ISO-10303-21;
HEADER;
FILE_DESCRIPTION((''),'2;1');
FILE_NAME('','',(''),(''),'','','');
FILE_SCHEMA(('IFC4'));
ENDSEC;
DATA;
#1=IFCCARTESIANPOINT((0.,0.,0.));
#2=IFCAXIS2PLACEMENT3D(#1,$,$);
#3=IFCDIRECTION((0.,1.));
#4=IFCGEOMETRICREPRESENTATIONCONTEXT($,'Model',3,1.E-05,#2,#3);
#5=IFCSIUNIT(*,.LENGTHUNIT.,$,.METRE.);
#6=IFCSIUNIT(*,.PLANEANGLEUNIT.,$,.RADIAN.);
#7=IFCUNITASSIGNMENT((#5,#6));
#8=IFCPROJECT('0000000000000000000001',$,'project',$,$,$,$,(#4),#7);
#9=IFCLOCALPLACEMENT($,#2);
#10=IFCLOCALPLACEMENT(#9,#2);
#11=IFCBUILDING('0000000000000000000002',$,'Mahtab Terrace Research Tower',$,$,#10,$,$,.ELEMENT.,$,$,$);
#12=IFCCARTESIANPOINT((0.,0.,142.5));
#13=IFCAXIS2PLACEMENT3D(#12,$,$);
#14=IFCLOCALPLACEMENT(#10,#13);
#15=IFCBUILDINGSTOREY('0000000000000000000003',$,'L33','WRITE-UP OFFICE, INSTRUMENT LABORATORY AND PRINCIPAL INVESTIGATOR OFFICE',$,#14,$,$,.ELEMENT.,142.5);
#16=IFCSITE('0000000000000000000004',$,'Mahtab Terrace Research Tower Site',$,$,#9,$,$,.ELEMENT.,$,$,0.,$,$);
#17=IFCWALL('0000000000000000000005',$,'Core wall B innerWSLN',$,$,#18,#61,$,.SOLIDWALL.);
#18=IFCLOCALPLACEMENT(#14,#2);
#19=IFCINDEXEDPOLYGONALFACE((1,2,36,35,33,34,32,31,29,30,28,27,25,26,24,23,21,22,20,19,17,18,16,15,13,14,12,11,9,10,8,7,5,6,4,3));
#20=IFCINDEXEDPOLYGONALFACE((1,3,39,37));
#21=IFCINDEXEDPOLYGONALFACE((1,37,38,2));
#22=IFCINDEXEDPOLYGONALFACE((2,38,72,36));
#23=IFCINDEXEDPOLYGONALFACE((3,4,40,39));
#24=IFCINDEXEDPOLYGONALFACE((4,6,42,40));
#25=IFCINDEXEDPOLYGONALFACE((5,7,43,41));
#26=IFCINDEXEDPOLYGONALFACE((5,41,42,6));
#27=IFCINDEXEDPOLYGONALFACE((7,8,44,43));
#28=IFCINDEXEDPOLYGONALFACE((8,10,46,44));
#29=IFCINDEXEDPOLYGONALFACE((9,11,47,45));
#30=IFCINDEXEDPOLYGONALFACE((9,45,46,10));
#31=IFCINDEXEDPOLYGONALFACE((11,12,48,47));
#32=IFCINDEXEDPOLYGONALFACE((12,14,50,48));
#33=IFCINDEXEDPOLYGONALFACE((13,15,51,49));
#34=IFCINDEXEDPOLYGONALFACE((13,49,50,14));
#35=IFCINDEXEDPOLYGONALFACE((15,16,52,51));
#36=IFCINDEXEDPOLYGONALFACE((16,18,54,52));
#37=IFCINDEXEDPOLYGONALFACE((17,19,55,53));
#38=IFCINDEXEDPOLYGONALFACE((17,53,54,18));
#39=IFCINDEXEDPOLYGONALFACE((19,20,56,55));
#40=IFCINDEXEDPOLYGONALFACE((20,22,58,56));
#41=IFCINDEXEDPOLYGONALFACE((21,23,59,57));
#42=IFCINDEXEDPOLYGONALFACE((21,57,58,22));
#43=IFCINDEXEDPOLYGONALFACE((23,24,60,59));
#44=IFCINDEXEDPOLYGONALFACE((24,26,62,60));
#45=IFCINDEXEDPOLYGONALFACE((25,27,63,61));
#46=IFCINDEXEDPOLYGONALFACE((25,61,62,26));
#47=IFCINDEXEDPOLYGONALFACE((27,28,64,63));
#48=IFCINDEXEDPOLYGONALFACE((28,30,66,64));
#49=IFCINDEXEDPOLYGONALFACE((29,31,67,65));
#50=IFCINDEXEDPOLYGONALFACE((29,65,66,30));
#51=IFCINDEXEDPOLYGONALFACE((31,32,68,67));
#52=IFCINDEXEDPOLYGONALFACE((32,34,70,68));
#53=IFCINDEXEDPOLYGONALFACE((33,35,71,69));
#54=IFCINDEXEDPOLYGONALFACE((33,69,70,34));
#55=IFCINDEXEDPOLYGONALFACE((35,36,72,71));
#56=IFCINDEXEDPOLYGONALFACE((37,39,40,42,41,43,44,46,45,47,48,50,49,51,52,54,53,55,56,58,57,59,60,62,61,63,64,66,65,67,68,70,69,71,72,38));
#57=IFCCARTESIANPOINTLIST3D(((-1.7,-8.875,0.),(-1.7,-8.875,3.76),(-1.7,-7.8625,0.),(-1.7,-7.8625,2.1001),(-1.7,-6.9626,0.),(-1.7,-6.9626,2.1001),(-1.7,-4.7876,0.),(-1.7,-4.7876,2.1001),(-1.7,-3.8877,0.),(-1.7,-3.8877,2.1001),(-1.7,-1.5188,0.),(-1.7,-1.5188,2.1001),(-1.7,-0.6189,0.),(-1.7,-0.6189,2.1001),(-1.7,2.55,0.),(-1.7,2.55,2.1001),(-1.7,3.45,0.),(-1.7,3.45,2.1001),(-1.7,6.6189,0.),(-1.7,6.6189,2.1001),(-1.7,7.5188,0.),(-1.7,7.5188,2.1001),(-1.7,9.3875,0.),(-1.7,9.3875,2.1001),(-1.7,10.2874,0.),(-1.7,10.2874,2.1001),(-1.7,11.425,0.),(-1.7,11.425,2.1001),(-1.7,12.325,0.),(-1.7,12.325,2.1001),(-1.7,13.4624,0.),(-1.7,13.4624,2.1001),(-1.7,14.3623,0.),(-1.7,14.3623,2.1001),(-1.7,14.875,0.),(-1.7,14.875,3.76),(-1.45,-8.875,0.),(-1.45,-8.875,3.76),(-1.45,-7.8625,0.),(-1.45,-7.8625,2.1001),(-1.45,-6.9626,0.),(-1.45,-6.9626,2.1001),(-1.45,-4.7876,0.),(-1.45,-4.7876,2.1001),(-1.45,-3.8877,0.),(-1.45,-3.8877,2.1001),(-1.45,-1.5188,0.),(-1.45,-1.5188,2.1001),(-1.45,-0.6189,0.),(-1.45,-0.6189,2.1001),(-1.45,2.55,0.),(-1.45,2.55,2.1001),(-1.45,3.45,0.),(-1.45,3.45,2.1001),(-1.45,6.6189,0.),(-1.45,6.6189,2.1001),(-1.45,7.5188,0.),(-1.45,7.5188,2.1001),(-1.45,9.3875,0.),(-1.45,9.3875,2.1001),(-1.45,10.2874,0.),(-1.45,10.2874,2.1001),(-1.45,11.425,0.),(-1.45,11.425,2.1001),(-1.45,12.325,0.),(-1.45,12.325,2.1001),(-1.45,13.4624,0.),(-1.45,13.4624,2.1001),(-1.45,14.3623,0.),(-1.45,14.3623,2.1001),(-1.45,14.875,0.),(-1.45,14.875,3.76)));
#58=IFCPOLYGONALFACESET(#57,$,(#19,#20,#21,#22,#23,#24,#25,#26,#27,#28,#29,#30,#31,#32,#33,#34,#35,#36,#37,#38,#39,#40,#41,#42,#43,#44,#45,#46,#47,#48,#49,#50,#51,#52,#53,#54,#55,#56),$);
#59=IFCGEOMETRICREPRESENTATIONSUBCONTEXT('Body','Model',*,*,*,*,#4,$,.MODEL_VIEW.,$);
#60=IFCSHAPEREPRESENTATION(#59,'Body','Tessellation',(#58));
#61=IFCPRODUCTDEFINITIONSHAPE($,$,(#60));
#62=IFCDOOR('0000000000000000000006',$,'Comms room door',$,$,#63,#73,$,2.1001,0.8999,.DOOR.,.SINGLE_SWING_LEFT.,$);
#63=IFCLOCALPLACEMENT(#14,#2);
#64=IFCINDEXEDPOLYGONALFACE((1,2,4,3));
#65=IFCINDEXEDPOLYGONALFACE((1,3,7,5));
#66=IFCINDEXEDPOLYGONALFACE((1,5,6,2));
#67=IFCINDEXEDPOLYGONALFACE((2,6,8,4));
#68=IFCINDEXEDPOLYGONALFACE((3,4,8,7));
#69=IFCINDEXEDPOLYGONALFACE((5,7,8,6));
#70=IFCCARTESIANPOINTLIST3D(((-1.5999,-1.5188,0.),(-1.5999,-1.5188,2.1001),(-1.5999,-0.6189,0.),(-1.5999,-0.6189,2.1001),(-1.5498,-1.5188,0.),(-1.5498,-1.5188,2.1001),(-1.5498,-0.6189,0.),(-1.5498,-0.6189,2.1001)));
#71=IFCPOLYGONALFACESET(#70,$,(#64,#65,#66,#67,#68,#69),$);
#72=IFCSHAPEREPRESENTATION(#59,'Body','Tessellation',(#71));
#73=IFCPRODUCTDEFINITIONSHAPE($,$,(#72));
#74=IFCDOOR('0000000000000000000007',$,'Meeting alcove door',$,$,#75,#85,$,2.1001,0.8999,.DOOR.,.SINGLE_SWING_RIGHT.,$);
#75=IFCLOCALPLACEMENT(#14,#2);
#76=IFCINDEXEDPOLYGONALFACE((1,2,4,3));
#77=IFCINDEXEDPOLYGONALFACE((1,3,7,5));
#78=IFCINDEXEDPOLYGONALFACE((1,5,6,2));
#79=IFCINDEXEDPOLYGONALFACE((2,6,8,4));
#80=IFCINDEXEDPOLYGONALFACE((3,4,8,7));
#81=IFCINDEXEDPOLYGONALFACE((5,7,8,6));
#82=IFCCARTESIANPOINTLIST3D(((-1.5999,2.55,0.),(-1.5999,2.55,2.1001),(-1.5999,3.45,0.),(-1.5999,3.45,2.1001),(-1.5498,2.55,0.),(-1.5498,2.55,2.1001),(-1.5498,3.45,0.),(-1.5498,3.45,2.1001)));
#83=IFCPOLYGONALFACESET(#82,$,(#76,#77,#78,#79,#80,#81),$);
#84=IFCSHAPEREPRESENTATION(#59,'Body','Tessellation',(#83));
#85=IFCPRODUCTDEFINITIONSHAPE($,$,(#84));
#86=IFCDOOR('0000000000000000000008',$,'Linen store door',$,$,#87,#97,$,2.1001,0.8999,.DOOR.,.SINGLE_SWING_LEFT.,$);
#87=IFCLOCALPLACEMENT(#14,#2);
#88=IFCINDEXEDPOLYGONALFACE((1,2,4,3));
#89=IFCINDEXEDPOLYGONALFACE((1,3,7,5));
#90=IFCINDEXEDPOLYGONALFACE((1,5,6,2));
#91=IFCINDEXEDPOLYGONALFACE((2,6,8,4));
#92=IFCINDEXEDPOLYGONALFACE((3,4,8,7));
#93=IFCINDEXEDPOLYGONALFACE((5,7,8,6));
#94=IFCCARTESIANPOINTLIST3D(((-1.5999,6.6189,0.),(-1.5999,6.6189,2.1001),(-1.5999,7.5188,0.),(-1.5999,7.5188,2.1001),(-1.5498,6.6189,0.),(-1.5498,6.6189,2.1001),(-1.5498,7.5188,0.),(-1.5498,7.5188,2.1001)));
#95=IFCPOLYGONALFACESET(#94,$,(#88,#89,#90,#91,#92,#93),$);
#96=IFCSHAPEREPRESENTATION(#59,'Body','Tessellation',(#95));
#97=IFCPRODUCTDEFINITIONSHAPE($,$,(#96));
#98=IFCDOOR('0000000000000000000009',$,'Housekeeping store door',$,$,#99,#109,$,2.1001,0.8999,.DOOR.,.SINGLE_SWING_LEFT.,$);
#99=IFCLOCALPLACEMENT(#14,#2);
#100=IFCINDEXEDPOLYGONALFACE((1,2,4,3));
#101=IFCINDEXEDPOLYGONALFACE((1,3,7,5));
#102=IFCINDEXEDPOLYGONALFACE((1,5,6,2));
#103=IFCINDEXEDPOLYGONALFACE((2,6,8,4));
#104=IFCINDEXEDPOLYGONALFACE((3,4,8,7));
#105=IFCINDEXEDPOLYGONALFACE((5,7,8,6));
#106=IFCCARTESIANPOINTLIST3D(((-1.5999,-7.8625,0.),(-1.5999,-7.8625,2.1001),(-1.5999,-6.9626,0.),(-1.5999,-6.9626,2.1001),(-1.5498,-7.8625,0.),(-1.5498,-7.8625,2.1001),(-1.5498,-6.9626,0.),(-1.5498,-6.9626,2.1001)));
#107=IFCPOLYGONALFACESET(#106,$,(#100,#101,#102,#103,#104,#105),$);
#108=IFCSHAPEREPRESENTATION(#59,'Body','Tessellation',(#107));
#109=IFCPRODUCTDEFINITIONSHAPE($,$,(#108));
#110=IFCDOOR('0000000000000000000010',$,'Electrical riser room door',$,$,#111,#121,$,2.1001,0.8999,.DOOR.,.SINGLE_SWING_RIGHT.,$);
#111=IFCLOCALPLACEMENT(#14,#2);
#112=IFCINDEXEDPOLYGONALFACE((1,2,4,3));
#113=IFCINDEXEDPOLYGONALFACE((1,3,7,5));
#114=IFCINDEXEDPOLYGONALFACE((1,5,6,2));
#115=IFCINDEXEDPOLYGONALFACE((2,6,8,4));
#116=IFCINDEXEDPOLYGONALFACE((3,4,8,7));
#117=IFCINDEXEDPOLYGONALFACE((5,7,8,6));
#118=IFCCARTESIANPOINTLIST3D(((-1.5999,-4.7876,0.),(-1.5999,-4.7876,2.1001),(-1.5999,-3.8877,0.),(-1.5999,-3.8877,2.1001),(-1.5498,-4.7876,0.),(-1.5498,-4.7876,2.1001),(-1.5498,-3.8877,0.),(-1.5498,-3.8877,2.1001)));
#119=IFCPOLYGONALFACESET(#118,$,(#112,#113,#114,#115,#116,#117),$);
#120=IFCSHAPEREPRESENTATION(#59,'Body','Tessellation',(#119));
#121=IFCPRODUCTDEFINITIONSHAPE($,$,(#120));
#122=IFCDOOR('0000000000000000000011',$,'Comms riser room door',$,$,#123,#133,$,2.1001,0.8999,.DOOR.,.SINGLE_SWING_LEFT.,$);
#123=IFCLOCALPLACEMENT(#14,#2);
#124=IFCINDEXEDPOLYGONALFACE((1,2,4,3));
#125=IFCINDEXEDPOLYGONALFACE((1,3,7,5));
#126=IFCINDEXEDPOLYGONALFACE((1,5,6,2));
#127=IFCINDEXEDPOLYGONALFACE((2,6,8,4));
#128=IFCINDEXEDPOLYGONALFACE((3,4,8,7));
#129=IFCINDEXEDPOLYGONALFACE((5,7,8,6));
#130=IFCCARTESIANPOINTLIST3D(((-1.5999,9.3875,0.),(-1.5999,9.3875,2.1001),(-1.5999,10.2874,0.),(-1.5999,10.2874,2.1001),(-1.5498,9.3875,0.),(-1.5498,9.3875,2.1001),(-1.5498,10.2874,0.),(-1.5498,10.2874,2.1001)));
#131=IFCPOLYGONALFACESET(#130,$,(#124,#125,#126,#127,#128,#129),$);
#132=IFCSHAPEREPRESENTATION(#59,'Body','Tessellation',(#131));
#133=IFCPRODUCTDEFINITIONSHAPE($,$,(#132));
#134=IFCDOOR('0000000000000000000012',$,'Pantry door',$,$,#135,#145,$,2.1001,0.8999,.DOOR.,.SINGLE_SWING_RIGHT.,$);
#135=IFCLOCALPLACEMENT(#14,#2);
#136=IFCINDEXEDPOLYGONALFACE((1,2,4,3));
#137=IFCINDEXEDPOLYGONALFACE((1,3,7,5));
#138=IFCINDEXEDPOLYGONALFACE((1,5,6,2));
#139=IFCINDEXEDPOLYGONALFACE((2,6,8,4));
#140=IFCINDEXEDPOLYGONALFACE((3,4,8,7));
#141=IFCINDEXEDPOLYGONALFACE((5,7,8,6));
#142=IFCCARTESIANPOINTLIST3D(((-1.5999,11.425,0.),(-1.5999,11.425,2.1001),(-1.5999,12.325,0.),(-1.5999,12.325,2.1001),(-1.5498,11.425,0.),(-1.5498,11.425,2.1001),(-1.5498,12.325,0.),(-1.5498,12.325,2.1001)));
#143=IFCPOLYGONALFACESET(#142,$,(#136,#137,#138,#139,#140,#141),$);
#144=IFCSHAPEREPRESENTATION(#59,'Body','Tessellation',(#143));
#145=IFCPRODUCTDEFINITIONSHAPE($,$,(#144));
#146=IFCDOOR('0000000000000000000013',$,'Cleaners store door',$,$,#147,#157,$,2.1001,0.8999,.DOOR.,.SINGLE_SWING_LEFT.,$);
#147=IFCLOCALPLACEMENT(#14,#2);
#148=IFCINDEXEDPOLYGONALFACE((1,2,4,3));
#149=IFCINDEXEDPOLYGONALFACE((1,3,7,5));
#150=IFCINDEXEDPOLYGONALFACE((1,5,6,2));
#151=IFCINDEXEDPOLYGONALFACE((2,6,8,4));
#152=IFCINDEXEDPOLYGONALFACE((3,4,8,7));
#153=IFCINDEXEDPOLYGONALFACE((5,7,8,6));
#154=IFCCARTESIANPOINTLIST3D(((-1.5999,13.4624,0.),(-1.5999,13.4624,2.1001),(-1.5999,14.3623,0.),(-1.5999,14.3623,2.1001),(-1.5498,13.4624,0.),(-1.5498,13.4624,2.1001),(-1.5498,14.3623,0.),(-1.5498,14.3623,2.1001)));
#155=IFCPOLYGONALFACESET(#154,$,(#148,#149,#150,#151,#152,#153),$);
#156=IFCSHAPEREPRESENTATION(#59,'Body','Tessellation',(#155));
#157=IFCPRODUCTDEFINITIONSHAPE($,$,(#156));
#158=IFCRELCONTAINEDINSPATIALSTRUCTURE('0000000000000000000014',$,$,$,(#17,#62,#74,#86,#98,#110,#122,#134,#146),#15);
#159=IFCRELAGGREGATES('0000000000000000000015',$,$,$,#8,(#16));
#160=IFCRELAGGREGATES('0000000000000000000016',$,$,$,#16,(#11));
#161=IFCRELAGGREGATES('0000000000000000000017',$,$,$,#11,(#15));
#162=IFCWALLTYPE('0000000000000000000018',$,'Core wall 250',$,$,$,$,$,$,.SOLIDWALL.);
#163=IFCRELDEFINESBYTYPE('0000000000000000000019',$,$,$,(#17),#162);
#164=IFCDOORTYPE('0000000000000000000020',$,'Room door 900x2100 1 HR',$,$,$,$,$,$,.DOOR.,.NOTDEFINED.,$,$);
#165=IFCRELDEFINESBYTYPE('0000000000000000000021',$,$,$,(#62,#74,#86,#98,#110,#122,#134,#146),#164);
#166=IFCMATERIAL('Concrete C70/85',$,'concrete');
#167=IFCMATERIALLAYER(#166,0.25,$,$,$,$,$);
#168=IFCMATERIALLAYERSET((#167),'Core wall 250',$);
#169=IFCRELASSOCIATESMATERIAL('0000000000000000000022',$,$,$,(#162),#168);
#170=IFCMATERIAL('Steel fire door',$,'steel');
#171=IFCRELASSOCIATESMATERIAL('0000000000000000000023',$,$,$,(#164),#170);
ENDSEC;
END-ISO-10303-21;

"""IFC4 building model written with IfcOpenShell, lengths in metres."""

from ifc_helpers import new_model, si_unit, direction, frame, frame_2d, origin, place, context, subcontext, project, spatial, rectangle, extrude, material, layer, layer_set, type_object, element, fill, save


model = new_model("IFC4")

# Units and contexts
model_context = context("Model", 3, precision=1e-05, world=origin(), true_north=direction((0.0, 1.0)))
body_context = subcontext(model_context, "Body", "Model", "MODEL_VIEW")
ifc_project = project(units=[si_unit("LENGTHUNIT", "METRE"), si_unit("PLANEANGLEUNIT", "RADIAN")], contexts=[model_context])

# Site, building, storey
site_placement = place(None, origin())
site = spatial("IfcSite", under=ifc_project, at=site_placement, Name="Mahtab Terrace Research Tower Site", CompositionType="ELEMENT", RefElevation=0.0)
building_placement = place(site_placement, origin())
building = spatial("IfcBuilding", under=site, at=building_placement, Name="Mahtab Terrace Research Tower", CompositionType="ELEMENT")
storey_placement = place(building_placement, frame((0.0, 0.0, 142.5)))
storey = spatial("IfcBuildingStorey", under=building, at=storey_placement, Name="L33", Description="WRITE-UP OFFICE, INSTRUMENT LABORATORY AND PRINCIPAL INVESTIGATOR OFFICE", CompositionType="ELEMENT", Elevation=142.5)

# Shared definitions
ifc_material_1 = material(Name="Concrete C70/85", Category="concrete")

# Wall, openings, doors
ifc_layer_1 = layer(ifc_material_1, 0.25)
ifc_layer_set_1 = layer_set([ifc_layer_1], Name="Core wall 250")
wall_type_1 = type_object("IfcWallType", Name="Core wall 250", PredefinedType="SOLIDWALL", material=ifc_layer_set_1)
wall_1_placement = place(storey_placement, frame((-1.575, -8.875, 0.0), z_axis=(0.0, 0.0, 1.0), x_axis=(0.0, 1.0, 0.0)))
wall_1 = element("IfcWall", 1, at=wall_1_placement, inside=storey, type_object=wall_type_1, Name="Core wall B innerWSLN", PredefinedType="SOLIDWALL", context=body_context, shape_type="SweptSolid", body=[
    extrude(rectangle(XDim=23.75, YDim=0.25, at=frame_2d((11.875, 0.0))), origin(), (0.0, 0.0, 1.0), 3.76),
])
opening_1_placement = place(wall_1_placement, frame((7.3562, 0.0, 0.0)))
opening_1 = element("IfcOpeningElement", 2, at=opening_1_placement, cuts=wall_1, PredefinedType="OPENING", context=body_context, shape_type="SweptSolid", body=[
    extrude(rectangle(XDim=0.8999, YDim=2.1001, at=frame_2d((0.45, 1.05))), frame((0.0, 0.135, 0.0), z_axis=(0.0, -1.0, 0.0), x_axis=(1.0, 0.0, 0.0)), (0.0, 0.0, 1.0), 0.27),
])
opening_2_placement = place(wall_1_placement, frame((11.425, 0.0, 0.0)))
opening_2 = element("IfcOpeningElement", 3, at=opening_2_placement, cuts=wall_1, PredefinedType="OPENING", context=body_context, shape_type="SweptSolid", body=[
    extrude(rectangle(XDim=0.8999, YDim=2.1001, at=frame_2d((0.45, 1.05))), frame((0.0, 0.135, 0.0), z_axis=(0.0, -1.0, 0.0), x_axis=(1.0, 0.0, 0.0)), (0.0, 0.0, 1.0), 0.27),
])
opening_3_placement = place(wall_1_placement, frame((15.4939, 0.0, 0.0)))
opening_3 = element("IfcOpeningElement", 4, at=opening_3_placement, cuts=wall_1, PredefinedType="OPENING", context=body_context, shape_type="SweptSolid", body=[
    extrude(rectangle(XDim=0.8999, YDim=2.1001, at=frame_2d((0.45, 1.05))), frame((0.0, 0.135, 0.0), z_axis=(0.0, -1.0, 0.0), x_axis=(1.0, 0.0, 0.0)), (0.0, 0.0, 1.0), 0.27),
])
opening_4_placement = place(wall_1_placement, frame((1.0125, 0.0, 0.0)))
opening_4 = element("IfcOpeningElement", 5, at=opening_4_placement, cuts=wall_1, PredefinedType="OPENING", context=body_context, shape_type="SweptSolid", body=[
    extrude(rectangle(XDim=0.8999, YDim=2.1001, at=frame_2d((0.45, 1.05))), frame((0.0, 0.135, 0.0), z_axis=(0.0, -1.0, 0.0), x_axis=(1.0, 0.0, 0.0)), (0.0, 0.0, 1.0), 0.27),
])
opening_5_placement = place(wall_1_placement, frame((4.0874, 0.0, 0.0)))
opening_5 = element("IfcOpeningElement", 6, at=opening_5_placement, cuts=wall_1, PredefinedType="OPENING", context=body_context, shape_type="SweptSolid", body=[
    extrude(rectangle(XDim=0.8999, YDim=2.1001, at=frame_2d((0.45, 1.05))), frame((0.0, 0.135, 0.0), z_axis=(0.0, -1.0, 0.0), x_axis=(1.0, 0.0, 0.0)), (0.0, 0.0, 1.0), 0.27),
])
opening_6_placement = place(wall_1_placement, frame((18.2625, 0.0, 0.0)))
opening_6 = element("IfcOpeningElement", 7, at=opening_6_placement, cuts=wall_1, PredefinedType="OPENING", context=body_context, shape_type="SweptSolid", body=[
    extrude(rectangle(XDim=0.8999, YDim=2.1001, at=frame_2d((0.45, 1.05))), frame((0.0, 0.135, 0.0), z_axis=(0.0, -1.0, 0.0), x_axis=(1.0, 0.0, 0.0)), (0.0, 0.0, 1.0), 0.27),
])
opening_7_placement = place(wall_1_placement, frame((20.3, 0.0, 0.0)))
opening_7 = element("IfcOpeningElement", 8, at=opening_7_placement, cuts=wall_1, PredefinedType="OPENING", context=body_context, shape_type="SweptSolid", body=[
    extrude(rectangle(XDim=0.8999, YDim=2.1001, at=frame_2d((0.45, 1.05))), frame((0.0, 0.135, 0.0), z_axis=(0.0, -1.0, 0.0), x_axis=(1.0, 0.0, 0.0)), (0.0, 0.0, 1.0), 0.27),
])
opening_8_placement = place(wall_1_placement, frame((22.3374, 0.0, 0.0)))
opening_8 = element("IfcOpeningElement", 9, at=opening_8_placement, cuts=wall_1, PredefinedType="OPENING", context=body_context, shape_type="SweptSolid", body=[
    extrude(rectangle(XDim=0.8999, YDim=2.1001, at=frame_2d((0.45, 1.05))), frame((0.0, 0.135, 0.0), z_axis=(0.0, -1.0, 0.0), x_axis=(1.0, 0.0, 0.0)), (0.0, 0.0, 1.0), 0.27),
])
ifc_material_2 = material(Name="Steel fire door", Category="steel")
door_type_1 = type_object("IfcDoorType", Name="Room door 900x2100 1 HR", OperationType="NOTDEFINED", PredefinedType="DOOR", material=ifc_material_2)
door_1_placement = place(opening_1_placement, origin())
door_1 = element("IfcDoor", 10, at=door_1_placement, inside=storey, type_object=door_type_1, Name="Comms room door", OperationType="SINGLE_SWING_LEFT", OverallHeight=2.1001, OverallWidth=0.8999, PredefinedType="DOOR", context=body_context, shape_type="SweptSolid", body=[
    extrude(rectangle(XDim=0.8999, YDim=2.1001, at=frame_2d((0.45, 1.05))), frame((0.0, 0.0249, 0.0), z_axis=(0.0, -1.0, 0.0), x_axis=(1.0, 0.0, 0.0)), (0.0, 0.0, 1.0), 0.05),
])
fill(opening_1, door_1)
door_2_placement = place(opening_2_placement, origin())
door_2 = element("IfcDoor", 11, at=door_2_placement, inside=storey, type_object=door_type_1, Name="Meeting alcove door", OperationType="SINGLE_SWING_RIGHT", OverallHeight=2.1001, OverallWidth=0.8999, PredefinedType="DOOR", context=body_context, shape_type="SweptSolid", body=[
    extrude(rectangle(XDim=0.8999, YDim=2.1001, at=frame_2d((0.45, 1.05))), frame((0.0, 0.0249, 0.0), z_axis=(0.0, -1.0, 0.0), x_axis=(1.0, 0.0, 0.0)), (0.0, 0.0, 1.0), 0.05),
])
fill(opening_2, door_2)
door_3_placement = place(opening_3_placement, origin())
door_3 = element("IfcDoor", 12, at=door_3_placement, inside=storey, type_object=door_type_1, Name="Linen store door", OperationType="SINGLE_SWING_LEFT", OverallHeight=2.1001, OverallWidth=0.8999, PredefinedType="DOOR", context=body_context, shape_type="SweptSolid", body=[
    extrude(rectangle(XDim=0.8999, YDim=2.1001, at=frame_2d((0.45, 1.05))), frame((0.0, 0.0249, 0.0), z_axis=(0.0, -1.0, 0.0), x_axis=(1.0, 0.0, 0.0)), (0.0, 0.0, 1.0), 0.05),
])
fill(opening_3, door_3)
door_4_placement = place(opening_4_placement, origin())
door_4 = element("IfcDoor", 13, at=door_4_placement, inside=storey, type_object=door_type_1, Name="Housekeeping store door", OperationType="SINGLE_SWING_LEFT", OverallHeight=2.1001, OverallWidth=0.8999, PredefinedType="DOOR", context=body_context, shape_type="SweptSolid", body=[
    extrude(rectangle(XDim=0.8999, YDim=2.1001, at=frame_2d((0.45, 1.05))), frame((0.0, 0.0249, 0.0), z_axis=(0.0, -1.0, 0.0), x_axis=(1.0, 0.0, 0.0)), (0.0, 0.0, 1.0), 0.05),
])
fill(opening_4, door_4)
door_5_placement = place(opening_5_placement, origin())
door_5 = element("IfcDoor", 14, at=door_5_placement, inside=storey, type_object=door_type_1, Name="Electrical riser room door", OperationType="SINGLE_SWING_RIGHT", OverallHeight=2.1001, OverallWidth=0.8999, PredefinedType="DOOR", context=body_context, shape_type="SweptSolid", body=[
    extrude(rectangle(XDim=0.8999, YDim=2.1001, at=frame_2d((0.45, 1.05))), frame((0.0, 0.0249, 0.0), z_axis=(0.0, -1.0, 0.0), x_axis=(1.0, 0.0, 0.0)), (0.0, 0.0, 1.0), 0.05),
])
fill(opening_5, door_5)
door_6_placement = place(opening_6_placement, origin())
door_6 = element("IfcDoor", 15, at=door_6_placement, inside=storey, type_object=door_type_1, Name="Comms riser room door", OperationType="SINGLE_SWING_LEFT", OverallHeight=2.1001, OverallWidth=0.8999, PredefinedType="DOOR", context=body_context, shape_type="SweptSolid", body=[
    extrude(rectangle(XDim=0.8999, YDim=2.1001, at=frame_2d((0.45, 1.05))), frame((0.0, 0.0249, 0.0), z_axis=(0.0, -1.0, 0.0), x_axis=(1.0, 0.0, 0.0)), (0.0, 0.0, 1.0), 0.05),
])
fill(opening_6, door_6)
door_7_placement = place(opening_7_placement, origin())
door_7 = element("IfcDoor", 16, at=door_7_placement, inside=storey, type_object=door_type_1, Name="Pantry door", OperationType="SINGLE_SWING_RIGHT", OverallHeight=2.1001, OverallWidth=0.8999, PredefinedType="DOOR", context=body_context, shape_type="SweptSolid", body=[
    extrude(rectangle(XDim=0.8999, YDim=2.1001, at=frame_2d((0.45, 1.05))), frame((0.0, 0.0249, 0.0), z_axis=(0.0, -1.0, 0.0), x_axis=(1.0, 0.0, 0.0)), (0.0, 0.0, 1.0), 0.05),
])
fill(opening_7, door_7)
door_8_placement = place(opening_8_placement, origin())
door_8 = element("IfcDoor", 17, at=door_8_placement, inside=storey, type_object=door_type_1, Name="Cleaners store door", OperationType="SINGLE_SWING_LEFT", OverallHeight=2.1001, OverallWidth=0.8999, PredefinedType="DOOR", context=body_context, shape_type="SweptSolid", body=[
    extrude(rectangle(XDim=0.8999, YDim=2.1001, at=frame_2d((0.45, 1.05))), frame((0.0, 0.0249, 0.0), z_axis=(0.0, -1.0, 0.0), x_axis=(1.0, 0.0, 0.0)), (0.0, 0.0, 1.0), 0.05),
])
fill(opening_8, door_8)

save(model, "model.ifc")
